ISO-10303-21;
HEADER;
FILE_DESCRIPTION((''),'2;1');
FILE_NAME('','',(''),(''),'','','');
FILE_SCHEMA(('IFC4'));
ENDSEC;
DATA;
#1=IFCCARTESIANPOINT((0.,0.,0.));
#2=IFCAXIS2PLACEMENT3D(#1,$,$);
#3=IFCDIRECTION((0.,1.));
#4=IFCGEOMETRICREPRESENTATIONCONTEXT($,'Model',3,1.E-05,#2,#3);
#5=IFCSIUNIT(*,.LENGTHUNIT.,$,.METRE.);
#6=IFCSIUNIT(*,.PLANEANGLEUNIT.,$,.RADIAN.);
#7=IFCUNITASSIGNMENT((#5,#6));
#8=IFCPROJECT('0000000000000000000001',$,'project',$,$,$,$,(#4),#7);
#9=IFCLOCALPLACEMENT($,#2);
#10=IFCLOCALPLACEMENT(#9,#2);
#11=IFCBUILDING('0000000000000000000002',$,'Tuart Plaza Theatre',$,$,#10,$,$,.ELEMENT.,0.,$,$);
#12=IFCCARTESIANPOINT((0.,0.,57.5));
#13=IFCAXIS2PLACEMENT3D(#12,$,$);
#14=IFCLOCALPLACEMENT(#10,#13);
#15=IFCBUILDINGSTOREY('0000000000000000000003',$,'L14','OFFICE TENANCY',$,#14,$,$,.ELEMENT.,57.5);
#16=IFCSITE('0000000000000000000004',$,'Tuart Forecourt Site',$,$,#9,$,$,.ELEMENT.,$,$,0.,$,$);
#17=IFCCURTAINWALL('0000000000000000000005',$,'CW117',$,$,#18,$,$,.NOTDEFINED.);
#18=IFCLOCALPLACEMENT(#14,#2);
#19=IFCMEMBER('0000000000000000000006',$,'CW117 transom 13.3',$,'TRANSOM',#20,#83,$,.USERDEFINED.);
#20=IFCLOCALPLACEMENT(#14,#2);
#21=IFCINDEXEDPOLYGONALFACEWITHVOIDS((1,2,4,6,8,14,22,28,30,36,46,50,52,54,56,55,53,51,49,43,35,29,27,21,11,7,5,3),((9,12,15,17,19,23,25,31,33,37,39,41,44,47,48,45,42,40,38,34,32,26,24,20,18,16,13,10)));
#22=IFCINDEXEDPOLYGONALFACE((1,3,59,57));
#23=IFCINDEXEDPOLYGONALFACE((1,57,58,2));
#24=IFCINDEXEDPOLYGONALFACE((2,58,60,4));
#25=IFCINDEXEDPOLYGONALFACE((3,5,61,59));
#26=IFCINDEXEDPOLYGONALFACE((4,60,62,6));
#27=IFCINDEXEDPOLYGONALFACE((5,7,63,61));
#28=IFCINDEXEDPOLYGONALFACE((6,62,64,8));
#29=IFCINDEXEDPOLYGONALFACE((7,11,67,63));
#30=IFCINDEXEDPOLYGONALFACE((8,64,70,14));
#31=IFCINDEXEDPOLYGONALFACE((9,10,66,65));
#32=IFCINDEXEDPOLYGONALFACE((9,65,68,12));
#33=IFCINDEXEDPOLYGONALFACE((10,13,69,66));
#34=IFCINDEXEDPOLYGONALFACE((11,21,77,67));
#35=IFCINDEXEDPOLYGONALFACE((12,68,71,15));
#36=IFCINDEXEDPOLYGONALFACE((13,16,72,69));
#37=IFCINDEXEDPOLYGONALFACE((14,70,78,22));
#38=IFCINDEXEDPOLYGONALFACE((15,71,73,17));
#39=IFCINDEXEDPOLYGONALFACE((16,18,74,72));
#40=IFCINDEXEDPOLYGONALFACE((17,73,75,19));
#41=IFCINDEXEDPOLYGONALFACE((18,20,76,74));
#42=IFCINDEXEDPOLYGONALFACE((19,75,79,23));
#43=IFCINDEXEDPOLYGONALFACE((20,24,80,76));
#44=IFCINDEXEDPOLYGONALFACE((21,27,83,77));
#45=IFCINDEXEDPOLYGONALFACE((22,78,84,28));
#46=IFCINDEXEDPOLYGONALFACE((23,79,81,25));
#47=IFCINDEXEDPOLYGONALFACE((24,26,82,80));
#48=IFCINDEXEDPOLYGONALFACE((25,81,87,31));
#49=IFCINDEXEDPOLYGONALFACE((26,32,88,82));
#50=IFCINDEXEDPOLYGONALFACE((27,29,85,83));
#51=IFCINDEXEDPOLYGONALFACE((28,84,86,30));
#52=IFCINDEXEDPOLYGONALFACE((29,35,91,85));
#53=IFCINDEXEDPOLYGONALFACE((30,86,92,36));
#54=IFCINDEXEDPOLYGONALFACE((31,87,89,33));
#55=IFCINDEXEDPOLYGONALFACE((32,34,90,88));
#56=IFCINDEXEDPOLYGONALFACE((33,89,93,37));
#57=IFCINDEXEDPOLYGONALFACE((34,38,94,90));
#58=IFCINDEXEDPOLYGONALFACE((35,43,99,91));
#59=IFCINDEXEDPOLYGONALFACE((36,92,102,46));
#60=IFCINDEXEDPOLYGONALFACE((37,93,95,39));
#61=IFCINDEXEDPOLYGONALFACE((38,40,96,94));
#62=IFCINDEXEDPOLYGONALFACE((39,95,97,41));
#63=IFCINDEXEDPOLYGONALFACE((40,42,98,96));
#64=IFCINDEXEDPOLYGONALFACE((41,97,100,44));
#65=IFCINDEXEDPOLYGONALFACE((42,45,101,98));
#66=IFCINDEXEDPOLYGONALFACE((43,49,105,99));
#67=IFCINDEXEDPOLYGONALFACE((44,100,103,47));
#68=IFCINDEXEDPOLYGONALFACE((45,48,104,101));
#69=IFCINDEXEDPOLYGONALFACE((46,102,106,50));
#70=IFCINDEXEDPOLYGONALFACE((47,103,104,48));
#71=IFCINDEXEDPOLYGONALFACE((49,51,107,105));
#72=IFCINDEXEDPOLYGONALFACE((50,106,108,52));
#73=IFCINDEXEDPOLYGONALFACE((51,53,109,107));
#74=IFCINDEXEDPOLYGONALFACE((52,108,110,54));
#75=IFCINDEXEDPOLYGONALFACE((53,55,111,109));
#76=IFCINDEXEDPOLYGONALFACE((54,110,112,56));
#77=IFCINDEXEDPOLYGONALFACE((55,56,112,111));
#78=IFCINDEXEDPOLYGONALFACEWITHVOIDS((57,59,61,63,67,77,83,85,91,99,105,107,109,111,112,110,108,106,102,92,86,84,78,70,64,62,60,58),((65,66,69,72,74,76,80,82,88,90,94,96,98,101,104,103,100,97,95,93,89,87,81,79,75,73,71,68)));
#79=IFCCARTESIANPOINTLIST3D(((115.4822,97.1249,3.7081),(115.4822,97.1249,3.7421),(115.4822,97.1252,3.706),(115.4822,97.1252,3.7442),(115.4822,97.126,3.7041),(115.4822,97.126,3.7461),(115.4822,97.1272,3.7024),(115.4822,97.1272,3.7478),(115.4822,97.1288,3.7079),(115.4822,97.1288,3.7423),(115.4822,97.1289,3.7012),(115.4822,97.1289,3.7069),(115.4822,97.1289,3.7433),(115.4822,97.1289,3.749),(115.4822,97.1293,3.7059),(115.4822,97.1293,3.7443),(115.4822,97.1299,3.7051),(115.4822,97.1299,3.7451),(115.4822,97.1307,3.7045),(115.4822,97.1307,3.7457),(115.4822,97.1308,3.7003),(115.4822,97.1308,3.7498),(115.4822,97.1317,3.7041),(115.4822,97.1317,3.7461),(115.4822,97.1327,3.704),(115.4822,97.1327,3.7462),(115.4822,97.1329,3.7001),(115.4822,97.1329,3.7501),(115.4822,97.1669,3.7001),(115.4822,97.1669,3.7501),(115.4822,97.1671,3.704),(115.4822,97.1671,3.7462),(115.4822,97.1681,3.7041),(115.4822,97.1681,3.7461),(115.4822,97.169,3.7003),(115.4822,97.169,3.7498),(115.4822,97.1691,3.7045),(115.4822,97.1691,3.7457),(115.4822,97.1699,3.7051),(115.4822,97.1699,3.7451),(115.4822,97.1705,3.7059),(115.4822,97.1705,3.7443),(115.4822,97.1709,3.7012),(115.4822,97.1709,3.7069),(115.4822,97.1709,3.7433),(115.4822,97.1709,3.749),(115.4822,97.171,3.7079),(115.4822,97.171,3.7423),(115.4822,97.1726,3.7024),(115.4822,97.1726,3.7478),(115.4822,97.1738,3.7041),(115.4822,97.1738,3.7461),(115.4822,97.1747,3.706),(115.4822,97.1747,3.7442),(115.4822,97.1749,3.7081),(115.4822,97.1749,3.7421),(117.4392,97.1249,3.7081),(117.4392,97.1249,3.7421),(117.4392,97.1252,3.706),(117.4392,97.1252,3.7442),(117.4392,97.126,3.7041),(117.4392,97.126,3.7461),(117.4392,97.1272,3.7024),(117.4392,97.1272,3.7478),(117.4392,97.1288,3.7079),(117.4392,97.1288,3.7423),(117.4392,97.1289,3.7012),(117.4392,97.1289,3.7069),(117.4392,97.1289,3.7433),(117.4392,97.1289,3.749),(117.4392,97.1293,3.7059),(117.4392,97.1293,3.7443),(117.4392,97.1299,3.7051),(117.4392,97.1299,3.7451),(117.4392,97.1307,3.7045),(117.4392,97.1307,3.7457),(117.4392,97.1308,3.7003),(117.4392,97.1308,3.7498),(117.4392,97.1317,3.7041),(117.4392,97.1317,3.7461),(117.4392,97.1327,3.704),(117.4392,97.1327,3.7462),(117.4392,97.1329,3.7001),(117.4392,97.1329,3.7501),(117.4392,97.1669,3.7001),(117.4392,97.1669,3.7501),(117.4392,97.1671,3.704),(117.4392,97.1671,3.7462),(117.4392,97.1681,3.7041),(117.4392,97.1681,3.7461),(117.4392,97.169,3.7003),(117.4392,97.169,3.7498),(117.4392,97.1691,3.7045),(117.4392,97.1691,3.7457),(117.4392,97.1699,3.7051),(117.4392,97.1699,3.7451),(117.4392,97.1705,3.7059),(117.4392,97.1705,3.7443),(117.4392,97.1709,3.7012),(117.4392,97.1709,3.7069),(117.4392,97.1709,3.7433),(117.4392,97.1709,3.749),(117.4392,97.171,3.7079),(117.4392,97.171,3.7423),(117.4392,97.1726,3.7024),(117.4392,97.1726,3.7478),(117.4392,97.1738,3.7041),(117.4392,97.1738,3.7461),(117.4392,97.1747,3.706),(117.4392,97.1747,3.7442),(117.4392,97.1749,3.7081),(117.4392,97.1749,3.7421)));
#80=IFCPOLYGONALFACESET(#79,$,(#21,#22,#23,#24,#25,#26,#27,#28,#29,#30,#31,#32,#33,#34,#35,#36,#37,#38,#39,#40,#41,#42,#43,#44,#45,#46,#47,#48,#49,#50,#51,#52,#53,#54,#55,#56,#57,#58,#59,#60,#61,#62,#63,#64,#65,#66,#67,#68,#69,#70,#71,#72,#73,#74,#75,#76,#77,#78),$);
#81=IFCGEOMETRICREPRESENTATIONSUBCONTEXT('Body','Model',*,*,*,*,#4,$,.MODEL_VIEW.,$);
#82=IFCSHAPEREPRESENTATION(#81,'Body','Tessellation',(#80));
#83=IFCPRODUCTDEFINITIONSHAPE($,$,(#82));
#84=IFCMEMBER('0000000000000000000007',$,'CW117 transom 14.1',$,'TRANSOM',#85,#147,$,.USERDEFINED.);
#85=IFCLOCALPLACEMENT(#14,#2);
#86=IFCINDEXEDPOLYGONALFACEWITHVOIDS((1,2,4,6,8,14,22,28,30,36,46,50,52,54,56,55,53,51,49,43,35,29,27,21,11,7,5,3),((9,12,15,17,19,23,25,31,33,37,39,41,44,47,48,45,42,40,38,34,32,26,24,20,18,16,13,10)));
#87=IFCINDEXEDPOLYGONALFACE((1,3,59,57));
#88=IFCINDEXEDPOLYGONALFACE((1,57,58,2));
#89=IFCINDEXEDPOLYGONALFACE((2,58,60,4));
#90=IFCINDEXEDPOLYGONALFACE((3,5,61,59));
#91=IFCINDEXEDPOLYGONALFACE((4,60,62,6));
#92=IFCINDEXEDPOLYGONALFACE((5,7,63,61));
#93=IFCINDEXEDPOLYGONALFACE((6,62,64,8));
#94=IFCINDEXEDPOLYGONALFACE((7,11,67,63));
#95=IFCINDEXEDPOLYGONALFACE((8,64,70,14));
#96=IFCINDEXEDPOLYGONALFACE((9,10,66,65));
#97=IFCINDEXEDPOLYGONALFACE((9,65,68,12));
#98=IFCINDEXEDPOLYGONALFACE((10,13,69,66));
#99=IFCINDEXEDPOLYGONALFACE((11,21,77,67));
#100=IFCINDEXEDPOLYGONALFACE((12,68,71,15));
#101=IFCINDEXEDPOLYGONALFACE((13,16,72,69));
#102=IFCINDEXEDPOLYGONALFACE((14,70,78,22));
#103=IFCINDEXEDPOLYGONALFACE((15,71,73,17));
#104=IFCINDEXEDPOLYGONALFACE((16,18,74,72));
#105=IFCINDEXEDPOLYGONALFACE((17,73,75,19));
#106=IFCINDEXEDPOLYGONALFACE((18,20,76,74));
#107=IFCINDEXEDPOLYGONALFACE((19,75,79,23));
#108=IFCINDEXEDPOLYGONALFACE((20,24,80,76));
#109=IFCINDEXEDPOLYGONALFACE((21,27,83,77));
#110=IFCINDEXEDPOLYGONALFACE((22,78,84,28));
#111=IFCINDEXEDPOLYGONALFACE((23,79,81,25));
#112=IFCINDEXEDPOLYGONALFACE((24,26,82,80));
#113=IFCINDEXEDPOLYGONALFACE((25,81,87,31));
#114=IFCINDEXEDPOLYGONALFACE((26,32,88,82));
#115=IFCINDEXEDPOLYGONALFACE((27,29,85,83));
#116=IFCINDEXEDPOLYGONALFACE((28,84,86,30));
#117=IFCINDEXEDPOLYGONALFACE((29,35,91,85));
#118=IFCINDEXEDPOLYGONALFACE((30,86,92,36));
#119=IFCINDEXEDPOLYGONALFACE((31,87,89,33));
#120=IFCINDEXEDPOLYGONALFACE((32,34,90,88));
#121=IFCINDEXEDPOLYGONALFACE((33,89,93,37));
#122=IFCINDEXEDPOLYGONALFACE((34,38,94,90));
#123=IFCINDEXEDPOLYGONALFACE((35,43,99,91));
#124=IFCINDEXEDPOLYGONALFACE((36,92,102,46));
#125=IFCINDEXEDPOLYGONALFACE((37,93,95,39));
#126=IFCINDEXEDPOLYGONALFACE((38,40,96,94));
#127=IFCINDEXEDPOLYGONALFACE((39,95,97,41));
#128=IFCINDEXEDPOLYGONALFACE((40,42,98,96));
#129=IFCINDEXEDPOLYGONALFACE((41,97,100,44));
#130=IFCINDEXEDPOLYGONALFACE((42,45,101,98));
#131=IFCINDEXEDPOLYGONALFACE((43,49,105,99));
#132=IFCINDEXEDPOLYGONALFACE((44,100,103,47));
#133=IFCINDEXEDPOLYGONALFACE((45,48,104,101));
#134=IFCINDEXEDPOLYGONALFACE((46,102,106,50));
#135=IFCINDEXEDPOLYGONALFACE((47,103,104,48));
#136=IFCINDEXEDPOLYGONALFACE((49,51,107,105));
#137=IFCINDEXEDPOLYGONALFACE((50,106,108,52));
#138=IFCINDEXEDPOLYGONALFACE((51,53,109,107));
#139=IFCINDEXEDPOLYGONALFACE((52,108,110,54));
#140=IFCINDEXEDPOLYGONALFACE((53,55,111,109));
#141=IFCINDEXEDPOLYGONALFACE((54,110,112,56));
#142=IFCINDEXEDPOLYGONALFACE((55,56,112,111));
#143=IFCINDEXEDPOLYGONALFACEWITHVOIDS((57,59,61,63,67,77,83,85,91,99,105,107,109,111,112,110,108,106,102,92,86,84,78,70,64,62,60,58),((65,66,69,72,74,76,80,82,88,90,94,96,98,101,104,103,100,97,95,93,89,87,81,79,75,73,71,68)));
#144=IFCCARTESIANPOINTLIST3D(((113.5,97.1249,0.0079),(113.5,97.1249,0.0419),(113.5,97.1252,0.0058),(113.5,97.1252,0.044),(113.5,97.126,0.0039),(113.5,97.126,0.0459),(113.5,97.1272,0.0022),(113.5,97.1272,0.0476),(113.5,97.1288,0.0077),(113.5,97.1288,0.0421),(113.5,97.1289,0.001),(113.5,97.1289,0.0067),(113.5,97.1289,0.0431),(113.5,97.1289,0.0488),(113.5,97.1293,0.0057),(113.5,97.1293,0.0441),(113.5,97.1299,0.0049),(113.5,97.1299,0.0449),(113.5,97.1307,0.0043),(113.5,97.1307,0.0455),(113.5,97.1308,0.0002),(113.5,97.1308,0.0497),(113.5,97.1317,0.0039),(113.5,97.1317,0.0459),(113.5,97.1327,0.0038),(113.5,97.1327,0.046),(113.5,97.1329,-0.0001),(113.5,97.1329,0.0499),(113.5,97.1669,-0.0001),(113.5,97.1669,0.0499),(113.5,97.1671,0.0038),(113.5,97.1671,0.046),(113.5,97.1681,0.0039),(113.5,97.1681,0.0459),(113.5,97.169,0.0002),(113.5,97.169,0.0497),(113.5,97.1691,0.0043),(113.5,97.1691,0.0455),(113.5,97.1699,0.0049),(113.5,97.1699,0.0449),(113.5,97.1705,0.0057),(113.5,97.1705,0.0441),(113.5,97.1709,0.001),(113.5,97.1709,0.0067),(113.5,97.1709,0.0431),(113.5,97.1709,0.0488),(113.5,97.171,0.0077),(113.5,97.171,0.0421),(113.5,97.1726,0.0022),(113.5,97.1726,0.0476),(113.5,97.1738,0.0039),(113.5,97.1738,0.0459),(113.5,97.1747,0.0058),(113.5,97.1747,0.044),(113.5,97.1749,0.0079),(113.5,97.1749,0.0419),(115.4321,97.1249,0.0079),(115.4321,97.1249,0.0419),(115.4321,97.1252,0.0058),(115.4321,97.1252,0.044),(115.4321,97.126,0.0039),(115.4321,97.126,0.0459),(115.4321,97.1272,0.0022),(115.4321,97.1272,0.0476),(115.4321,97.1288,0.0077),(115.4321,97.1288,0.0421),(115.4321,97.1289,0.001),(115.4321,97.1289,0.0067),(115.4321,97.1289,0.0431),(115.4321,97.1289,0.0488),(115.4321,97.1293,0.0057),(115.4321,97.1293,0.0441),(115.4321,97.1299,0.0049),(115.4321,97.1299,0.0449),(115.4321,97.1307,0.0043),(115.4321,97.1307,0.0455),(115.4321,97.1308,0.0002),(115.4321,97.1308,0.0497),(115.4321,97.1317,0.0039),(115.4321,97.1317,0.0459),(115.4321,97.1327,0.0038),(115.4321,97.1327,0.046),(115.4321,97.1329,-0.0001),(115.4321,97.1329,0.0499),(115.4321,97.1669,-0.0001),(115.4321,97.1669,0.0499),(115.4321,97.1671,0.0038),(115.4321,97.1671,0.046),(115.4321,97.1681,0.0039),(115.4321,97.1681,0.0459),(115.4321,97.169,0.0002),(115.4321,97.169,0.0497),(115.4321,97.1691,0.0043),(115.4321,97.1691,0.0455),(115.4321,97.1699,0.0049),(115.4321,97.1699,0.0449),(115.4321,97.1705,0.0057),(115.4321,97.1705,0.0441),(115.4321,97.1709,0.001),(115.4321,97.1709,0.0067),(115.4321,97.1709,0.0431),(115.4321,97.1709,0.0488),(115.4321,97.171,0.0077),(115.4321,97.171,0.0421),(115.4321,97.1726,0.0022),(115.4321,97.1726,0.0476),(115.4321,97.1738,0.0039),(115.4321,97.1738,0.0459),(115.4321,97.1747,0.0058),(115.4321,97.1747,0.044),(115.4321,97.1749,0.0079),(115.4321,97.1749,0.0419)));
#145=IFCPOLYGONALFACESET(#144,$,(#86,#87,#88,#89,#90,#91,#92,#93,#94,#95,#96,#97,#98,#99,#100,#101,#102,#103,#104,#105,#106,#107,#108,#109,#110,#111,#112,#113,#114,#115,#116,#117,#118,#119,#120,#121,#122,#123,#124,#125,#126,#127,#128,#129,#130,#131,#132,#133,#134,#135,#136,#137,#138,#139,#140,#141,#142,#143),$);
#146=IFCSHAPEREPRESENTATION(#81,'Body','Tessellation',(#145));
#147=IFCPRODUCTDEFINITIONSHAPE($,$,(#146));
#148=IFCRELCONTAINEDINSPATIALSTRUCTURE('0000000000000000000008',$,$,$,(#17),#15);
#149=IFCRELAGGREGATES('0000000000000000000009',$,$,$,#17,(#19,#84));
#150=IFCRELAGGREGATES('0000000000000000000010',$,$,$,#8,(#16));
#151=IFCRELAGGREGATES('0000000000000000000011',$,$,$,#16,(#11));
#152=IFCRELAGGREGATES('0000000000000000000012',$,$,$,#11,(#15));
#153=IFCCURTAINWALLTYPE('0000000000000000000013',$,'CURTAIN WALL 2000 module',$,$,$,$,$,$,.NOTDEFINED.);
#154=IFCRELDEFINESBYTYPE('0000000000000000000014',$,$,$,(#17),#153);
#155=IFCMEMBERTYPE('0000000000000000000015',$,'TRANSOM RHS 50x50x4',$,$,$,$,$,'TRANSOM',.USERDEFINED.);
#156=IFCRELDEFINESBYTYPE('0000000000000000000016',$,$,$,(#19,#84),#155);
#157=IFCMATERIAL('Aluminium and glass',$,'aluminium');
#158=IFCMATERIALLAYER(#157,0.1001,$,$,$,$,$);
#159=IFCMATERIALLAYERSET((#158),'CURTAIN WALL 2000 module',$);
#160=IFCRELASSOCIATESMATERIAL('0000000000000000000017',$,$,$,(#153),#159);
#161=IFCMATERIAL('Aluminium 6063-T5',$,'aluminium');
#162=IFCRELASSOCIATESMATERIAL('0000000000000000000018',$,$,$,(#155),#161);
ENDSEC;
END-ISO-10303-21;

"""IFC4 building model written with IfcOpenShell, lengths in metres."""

from ifc_helpers import new_model, si_unit, direction, frame, origin, origin_2d, place, context, subcontext, project, spatial, hollow_rectangle, extrude, material, layer, layer_set, material_profile, profile_set, type_object, element, aggregate, save


model = new_model("IFC4")

# Units and contexts
model_context = context("Model", 3, precision=1e-05, world=origin(), true_north=direction((0.0, 1.0)))
body_context = subcontext(model_context, "Body", "Model", "MODEL_VIEW")
ifc_project = project(units=[si_unit("LENGTHUNIT", "METRE"), si_unit("PLANEANGLEUNIT", "RADIAN")], contexts=[model_context])

# Site, building, storey
site_placement = place(None, origin())
site = spatial("IfcSite", under=ifc_project, at=site_placement, Name="Tuart Forecourt Site", CompositionType="ELEMENT", RefElevation=0.0)
building_placement = place(site_placement, origin())
building = spatial("IfcBuilding", under=site, at=building_placement, Name="Tuart Plaza Theatre", CompositionType="ELEMENT", ElevationOfRefHeight=0.0)
storey_placement = place(building_placement, frame((0.0, 0.0, 57.5)))
storey = spatial("IfcBuildingStorey", under=building, at=storey_placement, Name="L14", Description="OFFICE TENANCY", CompositionType="ELEMENT", Elevation=57.5)

# Curtain wall, members
ifc_material_1 = material(Name="Aluminium and glass", Category="aluminium")
ifc_layer_1 = layer(ifc_material_1, 0.1001)
ifc_layer_set_1 = layer_set([ifc_layer_1], Name="CURTAIN WALL 2000 module")
curtain_wall_type = type_object("IfcCurtainWallType", Name="CURTAIN WALL 2000 module", PredefinedType="NOTDEFINED", material=ifc_layer_set_1)
curtain_wall_placement = place(storey_placement, origin())
curtain_wall = element("IfcCurtainWall", 1, at=curtain_wall_placement, inside=storey, type_object=curtain_wall_type, Name="CW117", PredefinedType="NOTDEFINED")
ifc_material_2 = material(Name="Aluminium 6063-T5", Category="aluminium")
ifc_material_profile_1 = material_profile(ifc_material_2, hollow_rectangle(XDim=0.05, YDim=0.05, WallThickness=0.0039, InnerFilletRadius=0.0039, OuterFilletRadius=0.0081, at=origin_2d()), Name="RHS 50x50x4")
ifc_profile_set_1 = profile_set([ifc_material_profile_1], Name="Aluminium 6063-T5")
member_type_1 = type_object("IfcMemberType", Name="TRANSOM RHS 50x50x4", ElementType="TRANSOM", PredefinedType="USERDEFINED", material=ifc_profile_set_1)
member_1_placement = place(storey_placement, frame((117.4392, 97.1499, 3.7251), z_axis=(-1.0, 0.0, 0.0), x_axis=(0.0, -1.0, 0.0)))
member_1 = element("IfcMember", 2, at=member_1_placement, type_object=member_type_1, Name="CW117 transom 13.3", ObjectType="TRANSOM", PredefinedType="USERDEFINED", context=body_context, shape_type="SweptSolid", body=[
    extrude(hollow_rectangle(XDim=0.05, YDim=0.05, WallThickness=0.0039, InnerFilletRadius=0.0039, OuterFilletRadius=0.0081, at=origin_2d()), origin(), (0.0, 0.0, 1.0), 1.957),
])
member_2_placement = place(storey_placement, frame((115.4321, 97.1499, 0.0249), z_axis=(-1.0, 0.0, 0.0), x_axis=(0.0, -1.0, 0.0)))
member_2 = element("IfcMember", 3, at=member_2_placement, type_object=member_type_1, Name="CW117 transom 14.1", ObjectType="TRANSOM", PredefinedType="USERDEFINED", context=body_context, shape_type="SweptSolid", body=[
    extrude(hollow_rectangle(XDim=0.05, YDim=0.05, WallThickness=0.0039, InnerFilletRadius=0.0039, OuterFilletRadius=0.0081, at=origin_2d()), origin(), (0.0, 0.0, 1.0), 1.9321),
])
aggregate(curtain_wall, [member_1, member_2])

save(model, "model.ifc")
